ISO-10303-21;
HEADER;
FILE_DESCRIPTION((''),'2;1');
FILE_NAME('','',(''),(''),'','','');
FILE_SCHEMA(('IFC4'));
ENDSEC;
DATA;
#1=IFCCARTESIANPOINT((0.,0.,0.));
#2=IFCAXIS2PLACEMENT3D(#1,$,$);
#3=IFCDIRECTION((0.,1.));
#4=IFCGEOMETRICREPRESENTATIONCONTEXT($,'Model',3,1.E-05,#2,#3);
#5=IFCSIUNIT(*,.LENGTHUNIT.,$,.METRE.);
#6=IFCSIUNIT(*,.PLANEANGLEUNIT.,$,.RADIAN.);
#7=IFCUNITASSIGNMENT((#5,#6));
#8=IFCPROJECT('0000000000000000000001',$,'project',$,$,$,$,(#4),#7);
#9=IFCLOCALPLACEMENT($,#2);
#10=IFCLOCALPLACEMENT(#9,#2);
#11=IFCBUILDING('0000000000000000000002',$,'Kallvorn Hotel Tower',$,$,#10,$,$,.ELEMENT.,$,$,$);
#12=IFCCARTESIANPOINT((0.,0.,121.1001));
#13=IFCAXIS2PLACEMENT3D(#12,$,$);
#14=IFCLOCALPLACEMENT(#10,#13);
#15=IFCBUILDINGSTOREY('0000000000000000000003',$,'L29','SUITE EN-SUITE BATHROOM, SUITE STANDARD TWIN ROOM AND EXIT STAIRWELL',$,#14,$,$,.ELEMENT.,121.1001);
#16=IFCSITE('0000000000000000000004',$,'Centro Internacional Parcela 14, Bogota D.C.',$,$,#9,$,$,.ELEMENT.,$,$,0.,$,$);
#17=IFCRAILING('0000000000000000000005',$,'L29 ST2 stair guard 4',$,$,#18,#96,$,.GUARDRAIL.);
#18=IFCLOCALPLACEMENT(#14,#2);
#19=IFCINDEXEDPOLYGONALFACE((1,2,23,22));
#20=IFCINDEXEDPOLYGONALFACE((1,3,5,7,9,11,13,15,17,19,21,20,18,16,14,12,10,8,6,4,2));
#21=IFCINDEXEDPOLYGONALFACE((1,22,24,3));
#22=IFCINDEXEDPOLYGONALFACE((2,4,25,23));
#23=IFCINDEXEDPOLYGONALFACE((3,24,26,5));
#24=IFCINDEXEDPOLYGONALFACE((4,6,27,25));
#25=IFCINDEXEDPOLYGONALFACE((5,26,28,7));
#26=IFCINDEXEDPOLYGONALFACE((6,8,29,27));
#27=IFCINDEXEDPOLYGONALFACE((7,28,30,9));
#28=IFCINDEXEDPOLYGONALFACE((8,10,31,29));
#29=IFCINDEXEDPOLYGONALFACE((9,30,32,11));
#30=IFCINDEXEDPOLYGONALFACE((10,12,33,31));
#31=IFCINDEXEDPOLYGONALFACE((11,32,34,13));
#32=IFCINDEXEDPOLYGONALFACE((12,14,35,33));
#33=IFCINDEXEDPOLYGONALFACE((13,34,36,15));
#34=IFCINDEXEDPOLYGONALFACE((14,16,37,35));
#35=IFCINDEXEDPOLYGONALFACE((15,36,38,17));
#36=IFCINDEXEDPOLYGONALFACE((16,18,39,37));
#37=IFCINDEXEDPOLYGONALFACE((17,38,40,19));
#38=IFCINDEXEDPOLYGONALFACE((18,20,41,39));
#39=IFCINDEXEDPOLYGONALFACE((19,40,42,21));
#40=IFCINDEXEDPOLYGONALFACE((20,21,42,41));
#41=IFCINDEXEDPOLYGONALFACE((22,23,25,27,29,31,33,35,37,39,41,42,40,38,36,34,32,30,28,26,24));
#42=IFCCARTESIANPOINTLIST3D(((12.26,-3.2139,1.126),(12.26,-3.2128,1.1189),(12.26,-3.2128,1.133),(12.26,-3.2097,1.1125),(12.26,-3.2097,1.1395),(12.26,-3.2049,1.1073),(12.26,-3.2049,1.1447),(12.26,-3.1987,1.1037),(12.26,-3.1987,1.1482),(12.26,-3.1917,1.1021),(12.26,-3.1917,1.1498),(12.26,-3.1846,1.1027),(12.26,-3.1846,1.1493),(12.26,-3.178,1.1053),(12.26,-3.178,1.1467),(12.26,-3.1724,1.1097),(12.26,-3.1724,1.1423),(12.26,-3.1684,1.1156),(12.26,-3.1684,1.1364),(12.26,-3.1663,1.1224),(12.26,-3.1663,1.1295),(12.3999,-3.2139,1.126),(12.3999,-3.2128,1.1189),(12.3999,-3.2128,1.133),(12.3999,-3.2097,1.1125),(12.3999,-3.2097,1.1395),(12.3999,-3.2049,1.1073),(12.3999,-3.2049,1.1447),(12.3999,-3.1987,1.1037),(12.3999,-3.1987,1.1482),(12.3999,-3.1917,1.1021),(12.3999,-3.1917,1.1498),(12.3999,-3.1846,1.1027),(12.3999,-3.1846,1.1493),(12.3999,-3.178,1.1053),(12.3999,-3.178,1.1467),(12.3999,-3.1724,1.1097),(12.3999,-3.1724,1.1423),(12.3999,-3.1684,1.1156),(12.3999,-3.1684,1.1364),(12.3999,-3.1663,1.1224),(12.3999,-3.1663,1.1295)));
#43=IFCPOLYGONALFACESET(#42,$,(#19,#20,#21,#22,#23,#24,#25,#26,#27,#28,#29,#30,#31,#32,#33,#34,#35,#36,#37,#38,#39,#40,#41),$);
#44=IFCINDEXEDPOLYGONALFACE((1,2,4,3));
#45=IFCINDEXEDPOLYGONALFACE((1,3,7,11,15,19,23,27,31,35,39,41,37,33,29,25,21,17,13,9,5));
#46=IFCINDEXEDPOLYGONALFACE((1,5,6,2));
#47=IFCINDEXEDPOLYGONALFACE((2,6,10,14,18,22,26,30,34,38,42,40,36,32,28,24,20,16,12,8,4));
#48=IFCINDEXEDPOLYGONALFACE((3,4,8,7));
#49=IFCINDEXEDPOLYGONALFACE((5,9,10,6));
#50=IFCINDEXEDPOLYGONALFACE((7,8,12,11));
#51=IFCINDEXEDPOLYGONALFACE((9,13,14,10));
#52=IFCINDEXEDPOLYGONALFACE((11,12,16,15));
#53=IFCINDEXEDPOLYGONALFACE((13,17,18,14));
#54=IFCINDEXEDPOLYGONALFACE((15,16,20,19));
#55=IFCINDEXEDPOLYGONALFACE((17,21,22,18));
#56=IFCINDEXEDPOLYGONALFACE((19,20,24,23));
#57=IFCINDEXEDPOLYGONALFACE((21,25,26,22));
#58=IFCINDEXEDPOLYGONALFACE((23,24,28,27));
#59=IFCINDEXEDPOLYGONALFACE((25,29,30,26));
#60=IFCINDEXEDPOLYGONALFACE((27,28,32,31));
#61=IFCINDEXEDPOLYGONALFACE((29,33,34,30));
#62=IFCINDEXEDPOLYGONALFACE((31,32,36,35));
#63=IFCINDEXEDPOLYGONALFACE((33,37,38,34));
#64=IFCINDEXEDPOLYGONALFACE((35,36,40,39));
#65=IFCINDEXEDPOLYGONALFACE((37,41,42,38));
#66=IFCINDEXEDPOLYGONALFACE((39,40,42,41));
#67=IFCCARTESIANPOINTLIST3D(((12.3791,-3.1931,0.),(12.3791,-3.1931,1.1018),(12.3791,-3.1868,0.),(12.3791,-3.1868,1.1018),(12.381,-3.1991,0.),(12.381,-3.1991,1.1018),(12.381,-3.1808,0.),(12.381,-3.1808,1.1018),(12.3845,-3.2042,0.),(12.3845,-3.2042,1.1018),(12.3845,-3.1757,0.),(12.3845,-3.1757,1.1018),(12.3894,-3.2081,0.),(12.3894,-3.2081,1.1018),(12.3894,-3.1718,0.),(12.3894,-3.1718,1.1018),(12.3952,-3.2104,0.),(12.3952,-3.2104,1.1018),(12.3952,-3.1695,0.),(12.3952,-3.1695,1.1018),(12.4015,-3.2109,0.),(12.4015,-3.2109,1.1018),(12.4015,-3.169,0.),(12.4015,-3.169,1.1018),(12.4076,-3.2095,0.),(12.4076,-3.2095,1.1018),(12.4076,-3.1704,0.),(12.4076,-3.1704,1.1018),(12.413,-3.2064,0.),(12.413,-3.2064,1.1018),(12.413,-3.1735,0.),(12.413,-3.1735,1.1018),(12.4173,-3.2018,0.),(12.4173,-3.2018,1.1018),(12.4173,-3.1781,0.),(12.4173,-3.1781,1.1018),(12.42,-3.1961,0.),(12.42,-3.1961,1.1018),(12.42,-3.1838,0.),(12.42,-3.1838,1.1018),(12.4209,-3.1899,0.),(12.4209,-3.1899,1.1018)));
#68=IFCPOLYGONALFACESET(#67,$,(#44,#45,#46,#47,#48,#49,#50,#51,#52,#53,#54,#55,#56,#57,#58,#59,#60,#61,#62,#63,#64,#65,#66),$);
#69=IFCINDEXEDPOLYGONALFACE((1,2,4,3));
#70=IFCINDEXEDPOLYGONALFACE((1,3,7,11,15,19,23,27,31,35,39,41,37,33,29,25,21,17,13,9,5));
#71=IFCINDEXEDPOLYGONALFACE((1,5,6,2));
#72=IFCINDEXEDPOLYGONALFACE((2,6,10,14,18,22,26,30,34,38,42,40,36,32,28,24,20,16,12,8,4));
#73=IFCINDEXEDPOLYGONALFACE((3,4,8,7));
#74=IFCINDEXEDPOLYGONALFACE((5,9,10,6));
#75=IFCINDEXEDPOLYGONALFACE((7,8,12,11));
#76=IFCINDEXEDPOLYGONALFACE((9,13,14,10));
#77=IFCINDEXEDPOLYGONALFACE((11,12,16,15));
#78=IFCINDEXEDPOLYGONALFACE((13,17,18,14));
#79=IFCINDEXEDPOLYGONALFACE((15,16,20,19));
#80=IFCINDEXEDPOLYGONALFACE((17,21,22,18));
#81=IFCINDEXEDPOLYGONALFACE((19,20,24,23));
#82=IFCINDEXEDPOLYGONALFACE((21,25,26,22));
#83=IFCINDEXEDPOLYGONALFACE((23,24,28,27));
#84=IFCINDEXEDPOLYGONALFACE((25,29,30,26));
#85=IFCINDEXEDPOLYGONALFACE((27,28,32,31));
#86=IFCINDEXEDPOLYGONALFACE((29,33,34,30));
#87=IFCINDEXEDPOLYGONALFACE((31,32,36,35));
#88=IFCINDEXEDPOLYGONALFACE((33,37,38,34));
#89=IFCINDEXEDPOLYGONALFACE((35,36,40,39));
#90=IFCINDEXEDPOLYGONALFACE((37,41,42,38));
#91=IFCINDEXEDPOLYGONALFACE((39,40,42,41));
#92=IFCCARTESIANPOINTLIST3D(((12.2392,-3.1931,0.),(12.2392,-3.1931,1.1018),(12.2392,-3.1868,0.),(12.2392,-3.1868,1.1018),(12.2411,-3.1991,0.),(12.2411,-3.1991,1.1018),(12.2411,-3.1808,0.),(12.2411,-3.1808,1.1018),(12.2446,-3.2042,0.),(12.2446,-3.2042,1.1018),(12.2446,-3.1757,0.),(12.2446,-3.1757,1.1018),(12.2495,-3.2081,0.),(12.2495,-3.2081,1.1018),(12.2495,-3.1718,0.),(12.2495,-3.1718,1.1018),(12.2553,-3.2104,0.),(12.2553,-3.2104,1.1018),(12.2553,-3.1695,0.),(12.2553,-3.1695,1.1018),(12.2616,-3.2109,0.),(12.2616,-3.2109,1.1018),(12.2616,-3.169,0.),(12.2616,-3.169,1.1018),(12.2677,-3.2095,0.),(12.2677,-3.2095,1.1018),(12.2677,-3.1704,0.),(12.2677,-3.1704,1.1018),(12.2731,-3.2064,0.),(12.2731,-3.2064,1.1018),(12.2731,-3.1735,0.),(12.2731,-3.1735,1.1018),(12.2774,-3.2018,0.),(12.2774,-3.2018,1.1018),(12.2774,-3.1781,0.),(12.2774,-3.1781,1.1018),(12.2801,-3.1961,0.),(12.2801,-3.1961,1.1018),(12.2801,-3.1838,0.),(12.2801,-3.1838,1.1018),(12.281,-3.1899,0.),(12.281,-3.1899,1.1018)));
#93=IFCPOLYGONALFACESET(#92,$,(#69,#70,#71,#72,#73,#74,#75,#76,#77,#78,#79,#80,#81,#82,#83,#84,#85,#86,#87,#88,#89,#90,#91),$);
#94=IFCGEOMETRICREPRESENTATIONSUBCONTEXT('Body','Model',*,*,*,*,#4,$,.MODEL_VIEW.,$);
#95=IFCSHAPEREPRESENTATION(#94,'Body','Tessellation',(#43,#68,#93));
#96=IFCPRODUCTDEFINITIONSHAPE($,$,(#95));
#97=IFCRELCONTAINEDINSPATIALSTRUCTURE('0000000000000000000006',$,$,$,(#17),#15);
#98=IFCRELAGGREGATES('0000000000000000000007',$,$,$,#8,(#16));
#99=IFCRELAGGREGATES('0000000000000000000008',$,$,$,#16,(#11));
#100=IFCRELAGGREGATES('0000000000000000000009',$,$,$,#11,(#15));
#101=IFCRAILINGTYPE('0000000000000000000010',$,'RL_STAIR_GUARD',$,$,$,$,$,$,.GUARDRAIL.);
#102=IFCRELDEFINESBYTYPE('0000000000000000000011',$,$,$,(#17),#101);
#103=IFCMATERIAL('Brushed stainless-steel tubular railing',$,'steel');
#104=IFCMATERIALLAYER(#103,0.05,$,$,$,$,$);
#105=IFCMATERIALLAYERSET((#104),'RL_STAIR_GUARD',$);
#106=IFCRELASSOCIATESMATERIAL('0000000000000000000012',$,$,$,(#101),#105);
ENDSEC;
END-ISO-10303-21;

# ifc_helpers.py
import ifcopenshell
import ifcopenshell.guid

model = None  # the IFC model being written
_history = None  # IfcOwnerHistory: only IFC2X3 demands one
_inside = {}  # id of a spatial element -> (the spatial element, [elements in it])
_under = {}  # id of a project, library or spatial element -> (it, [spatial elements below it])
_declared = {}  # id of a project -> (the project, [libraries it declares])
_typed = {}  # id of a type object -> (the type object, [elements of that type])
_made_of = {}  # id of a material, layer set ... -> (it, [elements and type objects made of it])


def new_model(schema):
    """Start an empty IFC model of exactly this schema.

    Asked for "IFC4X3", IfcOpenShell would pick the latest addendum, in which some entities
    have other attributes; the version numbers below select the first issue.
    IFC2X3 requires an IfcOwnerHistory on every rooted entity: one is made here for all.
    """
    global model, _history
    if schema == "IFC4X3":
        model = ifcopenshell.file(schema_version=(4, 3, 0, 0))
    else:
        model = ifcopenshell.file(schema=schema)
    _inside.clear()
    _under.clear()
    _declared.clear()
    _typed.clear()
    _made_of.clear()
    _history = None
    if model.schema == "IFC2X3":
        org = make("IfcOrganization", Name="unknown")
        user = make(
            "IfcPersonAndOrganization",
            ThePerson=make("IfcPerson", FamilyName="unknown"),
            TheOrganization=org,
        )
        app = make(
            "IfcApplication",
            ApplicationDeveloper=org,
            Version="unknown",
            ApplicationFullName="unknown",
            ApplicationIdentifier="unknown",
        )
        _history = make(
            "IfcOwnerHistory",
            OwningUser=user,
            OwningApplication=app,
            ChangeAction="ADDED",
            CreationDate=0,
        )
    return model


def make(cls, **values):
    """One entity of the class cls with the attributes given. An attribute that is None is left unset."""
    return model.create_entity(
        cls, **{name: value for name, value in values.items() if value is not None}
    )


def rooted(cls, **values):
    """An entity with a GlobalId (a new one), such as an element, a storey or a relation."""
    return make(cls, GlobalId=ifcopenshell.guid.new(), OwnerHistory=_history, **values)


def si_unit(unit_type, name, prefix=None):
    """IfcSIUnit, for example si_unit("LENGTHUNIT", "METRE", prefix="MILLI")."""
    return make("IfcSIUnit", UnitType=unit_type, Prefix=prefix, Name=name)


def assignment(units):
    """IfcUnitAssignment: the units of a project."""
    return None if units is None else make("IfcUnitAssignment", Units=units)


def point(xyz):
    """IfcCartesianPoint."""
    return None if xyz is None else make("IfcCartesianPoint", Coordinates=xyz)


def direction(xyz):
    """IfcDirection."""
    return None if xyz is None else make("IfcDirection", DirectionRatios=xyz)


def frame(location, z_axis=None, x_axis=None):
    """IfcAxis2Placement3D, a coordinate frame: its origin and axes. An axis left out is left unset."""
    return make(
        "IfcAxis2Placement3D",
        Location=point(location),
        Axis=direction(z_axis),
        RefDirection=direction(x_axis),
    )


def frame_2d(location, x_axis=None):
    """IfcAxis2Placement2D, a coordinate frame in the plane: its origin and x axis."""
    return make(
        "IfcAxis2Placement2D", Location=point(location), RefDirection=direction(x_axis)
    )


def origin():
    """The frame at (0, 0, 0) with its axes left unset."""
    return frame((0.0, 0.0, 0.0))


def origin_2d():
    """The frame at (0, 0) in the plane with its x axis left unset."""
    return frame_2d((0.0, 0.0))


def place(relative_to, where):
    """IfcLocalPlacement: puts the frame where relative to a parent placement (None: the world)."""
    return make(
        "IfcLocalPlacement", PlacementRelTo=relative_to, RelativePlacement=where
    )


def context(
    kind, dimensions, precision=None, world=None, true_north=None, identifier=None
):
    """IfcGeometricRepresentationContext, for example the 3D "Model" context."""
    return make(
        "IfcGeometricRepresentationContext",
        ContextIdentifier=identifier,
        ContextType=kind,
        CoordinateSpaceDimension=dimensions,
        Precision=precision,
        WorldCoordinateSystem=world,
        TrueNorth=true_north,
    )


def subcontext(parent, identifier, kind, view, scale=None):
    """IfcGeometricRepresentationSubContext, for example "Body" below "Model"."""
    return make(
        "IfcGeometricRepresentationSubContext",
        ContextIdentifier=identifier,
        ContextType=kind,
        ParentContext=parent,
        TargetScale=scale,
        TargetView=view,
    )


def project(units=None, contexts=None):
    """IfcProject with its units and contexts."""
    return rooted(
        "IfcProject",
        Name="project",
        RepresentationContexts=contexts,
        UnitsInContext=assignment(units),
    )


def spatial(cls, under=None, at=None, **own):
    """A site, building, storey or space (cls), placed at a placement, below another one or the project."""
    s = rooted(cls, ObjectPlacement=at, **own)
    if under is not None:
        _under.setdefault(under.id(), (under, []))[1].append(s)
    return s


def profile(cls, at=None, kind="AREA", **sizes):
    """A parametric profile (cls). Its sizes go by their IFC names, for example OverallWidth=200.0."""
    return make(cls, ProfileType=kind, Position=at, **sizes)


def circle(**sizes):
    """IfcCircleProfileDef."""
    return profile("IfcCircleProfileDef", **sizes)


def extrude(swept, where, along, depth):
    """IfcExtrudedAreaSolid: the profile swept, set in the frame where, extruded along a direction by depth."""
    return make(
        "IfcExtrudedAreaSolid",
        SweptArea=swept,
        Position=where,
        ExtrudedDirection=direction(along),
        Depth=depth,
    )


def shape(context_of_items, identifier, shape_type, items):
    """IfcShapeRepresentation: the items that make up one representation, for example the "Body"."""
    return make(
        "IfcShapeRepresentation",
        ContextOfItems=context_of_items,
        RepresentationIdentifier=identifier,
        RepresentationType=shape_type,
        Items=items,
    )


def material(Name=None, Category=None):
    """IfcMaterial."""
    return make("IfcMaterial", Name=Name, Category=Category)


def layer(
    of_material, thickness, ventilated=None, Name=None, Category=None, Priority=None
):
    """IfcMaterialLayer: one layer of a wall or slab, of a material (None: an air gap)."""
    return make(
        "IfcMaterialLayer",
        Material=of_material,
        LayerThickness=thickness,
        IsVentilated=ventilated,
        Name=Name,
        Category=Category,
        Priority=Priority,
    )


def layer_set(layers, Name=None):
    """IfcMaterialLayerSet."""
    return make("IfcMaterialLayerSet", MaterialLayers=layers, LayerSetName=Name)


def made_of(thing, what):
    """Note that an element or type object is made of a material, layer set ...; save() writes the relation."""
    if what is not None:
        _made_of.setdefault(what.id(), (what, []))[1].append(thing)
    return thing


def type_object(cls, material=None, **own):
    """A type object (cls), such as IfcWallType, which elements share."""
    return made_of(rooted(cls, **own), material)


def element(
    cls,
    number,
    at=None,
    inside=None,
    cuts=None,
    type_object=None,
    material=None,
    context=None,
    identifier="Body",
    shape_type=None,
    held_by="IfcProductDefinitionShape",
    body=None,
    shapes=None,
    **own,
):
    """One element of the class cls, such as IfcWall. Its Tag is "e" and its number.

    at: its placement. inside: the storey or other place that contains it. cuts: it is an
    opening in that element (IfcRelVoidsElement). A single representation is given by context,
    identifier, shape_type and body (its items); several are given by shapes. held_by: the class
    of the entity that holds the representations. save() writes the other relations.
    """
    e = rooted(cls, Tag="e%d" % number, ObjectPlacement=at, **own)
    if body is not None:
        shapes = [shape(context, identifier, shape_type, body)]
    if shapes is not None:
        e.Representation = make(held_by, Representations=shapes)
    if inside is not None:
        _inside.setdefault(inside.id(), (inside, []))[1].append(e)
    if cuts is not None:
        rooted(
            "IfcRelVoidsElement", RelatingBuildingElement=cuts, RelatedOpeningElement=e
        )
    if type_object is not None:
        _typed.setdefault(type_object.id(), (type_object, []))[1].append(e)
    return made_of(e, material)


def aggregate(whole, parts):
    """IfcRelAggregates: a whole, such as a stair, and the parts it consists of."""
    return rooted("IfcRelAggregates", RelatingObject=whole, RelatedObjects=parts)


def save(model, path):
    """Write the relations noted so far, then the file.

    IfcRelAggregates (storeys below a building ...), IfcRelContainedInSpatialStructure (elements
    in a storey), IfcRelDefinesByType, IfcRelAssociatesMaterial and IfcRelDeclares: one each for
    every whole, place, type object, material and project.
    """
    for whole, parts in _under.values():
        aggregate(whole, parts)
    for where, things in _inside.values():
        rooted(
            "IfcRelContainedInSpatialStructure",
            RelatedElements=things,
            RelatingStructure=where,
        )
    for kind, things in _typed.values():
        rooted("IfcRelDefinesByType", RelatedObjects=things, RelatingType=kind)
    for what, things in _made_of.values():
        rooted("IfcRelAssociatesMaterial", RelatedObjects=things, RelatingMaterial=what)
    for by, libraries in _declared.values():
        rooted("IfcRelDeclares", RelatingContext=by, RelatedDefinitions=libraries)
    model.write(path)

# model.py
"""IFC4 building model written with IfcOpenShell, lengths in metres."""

from ifc_helpers import new_model, si_unit, direction, frame, origin, origin_2d, place, context, subcontext, project, spatial, circle, extrude, material, layer, layer_set, type_object, element, save


model = new_model("IFC4")

# Units and contexts
model_context = context("Model", 3, precision=1e-05, world=origin(), true_north=direction((0.0, 1.0)))
body_context = subcontext(model_context, "Body", "Model", "MODEL_VIEW")
ifc_project = project(units=[si_unit("LENGTHUNIT", "METRE"), si_unit("PLANEANGLEUNIT", "RADIAN")], contexts=[model_context])

# Site, building, storey
site_placement = place(None, origin())
site = spatial("IfcSite", under=ifc_project, at=site_placement, Name="Centro Internacional Parcela 14, Bogota D.C.", CompositionType="ELEMENT", RefElevation=0.0)
building_placement = place(site_placement, origin())
building = spatial("IfcBuilding", under=site, at=building_placement, Name="Kallvorn Hotel Tower", CompositionType="ELEMENT")
storey_placement = place(building_placement, frame((0.0, 0.0, 121.1001)))
storey = spatial("IfcBuildingStorey", under=building, at=storey_placement, Name="L29", Description="SUITE EN-SUITE BATHROOM, SUITE STANDARD TWIN ROOM AND EXIT STAIRWELL", CompositionType="ELEMENT", Elevation=121.1001)

# Railing
ifc_material_1 = material(Name="Brushed stainless-steel tubular railing", Category="steel")
ifc_layer_1 = layer(ifc_material_1, 0.05)
ifc_layer_set_1 = layer_set([ifc_layer_1], Name="RL_STAIR_GUARD")
railing_type_1 = type_object("IfcRailingType", Name="RL_STAIR_GUARD", PredefinedType="GUARDRAIL", material=ifc_layer_set_1)
railing_1_placement = place(storey_placement, frame((12.3999, -3.1899, 0.0)))
element("IfcRailing", 1, at=railing_1_placement, inside=storey, type_object=railing_type_1, Name="L29 ST2 stair guard 4", PredefinedType="GUARDRAIL", context=body_context, shape_type="SweptSolid", body=[
    extrude(circle(Radius=0.0239, at=origin_2d()), frame((0.0, 0.0, 1.126), z_axis=(-1.0, 0.0, 0.0), x_axis=(0.0, -1.0, 0.0)), (0.0, 0.0, 1.0), 0.1399),
    extrude(circle(Radius=0.021, at=origin_2d()), origin(), (0.0, 0.0, 1.0), 1.1018),
    extrude(circle(Radius=0.021, at=origin_2d()), frame((-0.1399, 0.0, 0.0)), (0.0, 0.0, 1.0), 1.1018),
])

save(model, "model.ifc")
